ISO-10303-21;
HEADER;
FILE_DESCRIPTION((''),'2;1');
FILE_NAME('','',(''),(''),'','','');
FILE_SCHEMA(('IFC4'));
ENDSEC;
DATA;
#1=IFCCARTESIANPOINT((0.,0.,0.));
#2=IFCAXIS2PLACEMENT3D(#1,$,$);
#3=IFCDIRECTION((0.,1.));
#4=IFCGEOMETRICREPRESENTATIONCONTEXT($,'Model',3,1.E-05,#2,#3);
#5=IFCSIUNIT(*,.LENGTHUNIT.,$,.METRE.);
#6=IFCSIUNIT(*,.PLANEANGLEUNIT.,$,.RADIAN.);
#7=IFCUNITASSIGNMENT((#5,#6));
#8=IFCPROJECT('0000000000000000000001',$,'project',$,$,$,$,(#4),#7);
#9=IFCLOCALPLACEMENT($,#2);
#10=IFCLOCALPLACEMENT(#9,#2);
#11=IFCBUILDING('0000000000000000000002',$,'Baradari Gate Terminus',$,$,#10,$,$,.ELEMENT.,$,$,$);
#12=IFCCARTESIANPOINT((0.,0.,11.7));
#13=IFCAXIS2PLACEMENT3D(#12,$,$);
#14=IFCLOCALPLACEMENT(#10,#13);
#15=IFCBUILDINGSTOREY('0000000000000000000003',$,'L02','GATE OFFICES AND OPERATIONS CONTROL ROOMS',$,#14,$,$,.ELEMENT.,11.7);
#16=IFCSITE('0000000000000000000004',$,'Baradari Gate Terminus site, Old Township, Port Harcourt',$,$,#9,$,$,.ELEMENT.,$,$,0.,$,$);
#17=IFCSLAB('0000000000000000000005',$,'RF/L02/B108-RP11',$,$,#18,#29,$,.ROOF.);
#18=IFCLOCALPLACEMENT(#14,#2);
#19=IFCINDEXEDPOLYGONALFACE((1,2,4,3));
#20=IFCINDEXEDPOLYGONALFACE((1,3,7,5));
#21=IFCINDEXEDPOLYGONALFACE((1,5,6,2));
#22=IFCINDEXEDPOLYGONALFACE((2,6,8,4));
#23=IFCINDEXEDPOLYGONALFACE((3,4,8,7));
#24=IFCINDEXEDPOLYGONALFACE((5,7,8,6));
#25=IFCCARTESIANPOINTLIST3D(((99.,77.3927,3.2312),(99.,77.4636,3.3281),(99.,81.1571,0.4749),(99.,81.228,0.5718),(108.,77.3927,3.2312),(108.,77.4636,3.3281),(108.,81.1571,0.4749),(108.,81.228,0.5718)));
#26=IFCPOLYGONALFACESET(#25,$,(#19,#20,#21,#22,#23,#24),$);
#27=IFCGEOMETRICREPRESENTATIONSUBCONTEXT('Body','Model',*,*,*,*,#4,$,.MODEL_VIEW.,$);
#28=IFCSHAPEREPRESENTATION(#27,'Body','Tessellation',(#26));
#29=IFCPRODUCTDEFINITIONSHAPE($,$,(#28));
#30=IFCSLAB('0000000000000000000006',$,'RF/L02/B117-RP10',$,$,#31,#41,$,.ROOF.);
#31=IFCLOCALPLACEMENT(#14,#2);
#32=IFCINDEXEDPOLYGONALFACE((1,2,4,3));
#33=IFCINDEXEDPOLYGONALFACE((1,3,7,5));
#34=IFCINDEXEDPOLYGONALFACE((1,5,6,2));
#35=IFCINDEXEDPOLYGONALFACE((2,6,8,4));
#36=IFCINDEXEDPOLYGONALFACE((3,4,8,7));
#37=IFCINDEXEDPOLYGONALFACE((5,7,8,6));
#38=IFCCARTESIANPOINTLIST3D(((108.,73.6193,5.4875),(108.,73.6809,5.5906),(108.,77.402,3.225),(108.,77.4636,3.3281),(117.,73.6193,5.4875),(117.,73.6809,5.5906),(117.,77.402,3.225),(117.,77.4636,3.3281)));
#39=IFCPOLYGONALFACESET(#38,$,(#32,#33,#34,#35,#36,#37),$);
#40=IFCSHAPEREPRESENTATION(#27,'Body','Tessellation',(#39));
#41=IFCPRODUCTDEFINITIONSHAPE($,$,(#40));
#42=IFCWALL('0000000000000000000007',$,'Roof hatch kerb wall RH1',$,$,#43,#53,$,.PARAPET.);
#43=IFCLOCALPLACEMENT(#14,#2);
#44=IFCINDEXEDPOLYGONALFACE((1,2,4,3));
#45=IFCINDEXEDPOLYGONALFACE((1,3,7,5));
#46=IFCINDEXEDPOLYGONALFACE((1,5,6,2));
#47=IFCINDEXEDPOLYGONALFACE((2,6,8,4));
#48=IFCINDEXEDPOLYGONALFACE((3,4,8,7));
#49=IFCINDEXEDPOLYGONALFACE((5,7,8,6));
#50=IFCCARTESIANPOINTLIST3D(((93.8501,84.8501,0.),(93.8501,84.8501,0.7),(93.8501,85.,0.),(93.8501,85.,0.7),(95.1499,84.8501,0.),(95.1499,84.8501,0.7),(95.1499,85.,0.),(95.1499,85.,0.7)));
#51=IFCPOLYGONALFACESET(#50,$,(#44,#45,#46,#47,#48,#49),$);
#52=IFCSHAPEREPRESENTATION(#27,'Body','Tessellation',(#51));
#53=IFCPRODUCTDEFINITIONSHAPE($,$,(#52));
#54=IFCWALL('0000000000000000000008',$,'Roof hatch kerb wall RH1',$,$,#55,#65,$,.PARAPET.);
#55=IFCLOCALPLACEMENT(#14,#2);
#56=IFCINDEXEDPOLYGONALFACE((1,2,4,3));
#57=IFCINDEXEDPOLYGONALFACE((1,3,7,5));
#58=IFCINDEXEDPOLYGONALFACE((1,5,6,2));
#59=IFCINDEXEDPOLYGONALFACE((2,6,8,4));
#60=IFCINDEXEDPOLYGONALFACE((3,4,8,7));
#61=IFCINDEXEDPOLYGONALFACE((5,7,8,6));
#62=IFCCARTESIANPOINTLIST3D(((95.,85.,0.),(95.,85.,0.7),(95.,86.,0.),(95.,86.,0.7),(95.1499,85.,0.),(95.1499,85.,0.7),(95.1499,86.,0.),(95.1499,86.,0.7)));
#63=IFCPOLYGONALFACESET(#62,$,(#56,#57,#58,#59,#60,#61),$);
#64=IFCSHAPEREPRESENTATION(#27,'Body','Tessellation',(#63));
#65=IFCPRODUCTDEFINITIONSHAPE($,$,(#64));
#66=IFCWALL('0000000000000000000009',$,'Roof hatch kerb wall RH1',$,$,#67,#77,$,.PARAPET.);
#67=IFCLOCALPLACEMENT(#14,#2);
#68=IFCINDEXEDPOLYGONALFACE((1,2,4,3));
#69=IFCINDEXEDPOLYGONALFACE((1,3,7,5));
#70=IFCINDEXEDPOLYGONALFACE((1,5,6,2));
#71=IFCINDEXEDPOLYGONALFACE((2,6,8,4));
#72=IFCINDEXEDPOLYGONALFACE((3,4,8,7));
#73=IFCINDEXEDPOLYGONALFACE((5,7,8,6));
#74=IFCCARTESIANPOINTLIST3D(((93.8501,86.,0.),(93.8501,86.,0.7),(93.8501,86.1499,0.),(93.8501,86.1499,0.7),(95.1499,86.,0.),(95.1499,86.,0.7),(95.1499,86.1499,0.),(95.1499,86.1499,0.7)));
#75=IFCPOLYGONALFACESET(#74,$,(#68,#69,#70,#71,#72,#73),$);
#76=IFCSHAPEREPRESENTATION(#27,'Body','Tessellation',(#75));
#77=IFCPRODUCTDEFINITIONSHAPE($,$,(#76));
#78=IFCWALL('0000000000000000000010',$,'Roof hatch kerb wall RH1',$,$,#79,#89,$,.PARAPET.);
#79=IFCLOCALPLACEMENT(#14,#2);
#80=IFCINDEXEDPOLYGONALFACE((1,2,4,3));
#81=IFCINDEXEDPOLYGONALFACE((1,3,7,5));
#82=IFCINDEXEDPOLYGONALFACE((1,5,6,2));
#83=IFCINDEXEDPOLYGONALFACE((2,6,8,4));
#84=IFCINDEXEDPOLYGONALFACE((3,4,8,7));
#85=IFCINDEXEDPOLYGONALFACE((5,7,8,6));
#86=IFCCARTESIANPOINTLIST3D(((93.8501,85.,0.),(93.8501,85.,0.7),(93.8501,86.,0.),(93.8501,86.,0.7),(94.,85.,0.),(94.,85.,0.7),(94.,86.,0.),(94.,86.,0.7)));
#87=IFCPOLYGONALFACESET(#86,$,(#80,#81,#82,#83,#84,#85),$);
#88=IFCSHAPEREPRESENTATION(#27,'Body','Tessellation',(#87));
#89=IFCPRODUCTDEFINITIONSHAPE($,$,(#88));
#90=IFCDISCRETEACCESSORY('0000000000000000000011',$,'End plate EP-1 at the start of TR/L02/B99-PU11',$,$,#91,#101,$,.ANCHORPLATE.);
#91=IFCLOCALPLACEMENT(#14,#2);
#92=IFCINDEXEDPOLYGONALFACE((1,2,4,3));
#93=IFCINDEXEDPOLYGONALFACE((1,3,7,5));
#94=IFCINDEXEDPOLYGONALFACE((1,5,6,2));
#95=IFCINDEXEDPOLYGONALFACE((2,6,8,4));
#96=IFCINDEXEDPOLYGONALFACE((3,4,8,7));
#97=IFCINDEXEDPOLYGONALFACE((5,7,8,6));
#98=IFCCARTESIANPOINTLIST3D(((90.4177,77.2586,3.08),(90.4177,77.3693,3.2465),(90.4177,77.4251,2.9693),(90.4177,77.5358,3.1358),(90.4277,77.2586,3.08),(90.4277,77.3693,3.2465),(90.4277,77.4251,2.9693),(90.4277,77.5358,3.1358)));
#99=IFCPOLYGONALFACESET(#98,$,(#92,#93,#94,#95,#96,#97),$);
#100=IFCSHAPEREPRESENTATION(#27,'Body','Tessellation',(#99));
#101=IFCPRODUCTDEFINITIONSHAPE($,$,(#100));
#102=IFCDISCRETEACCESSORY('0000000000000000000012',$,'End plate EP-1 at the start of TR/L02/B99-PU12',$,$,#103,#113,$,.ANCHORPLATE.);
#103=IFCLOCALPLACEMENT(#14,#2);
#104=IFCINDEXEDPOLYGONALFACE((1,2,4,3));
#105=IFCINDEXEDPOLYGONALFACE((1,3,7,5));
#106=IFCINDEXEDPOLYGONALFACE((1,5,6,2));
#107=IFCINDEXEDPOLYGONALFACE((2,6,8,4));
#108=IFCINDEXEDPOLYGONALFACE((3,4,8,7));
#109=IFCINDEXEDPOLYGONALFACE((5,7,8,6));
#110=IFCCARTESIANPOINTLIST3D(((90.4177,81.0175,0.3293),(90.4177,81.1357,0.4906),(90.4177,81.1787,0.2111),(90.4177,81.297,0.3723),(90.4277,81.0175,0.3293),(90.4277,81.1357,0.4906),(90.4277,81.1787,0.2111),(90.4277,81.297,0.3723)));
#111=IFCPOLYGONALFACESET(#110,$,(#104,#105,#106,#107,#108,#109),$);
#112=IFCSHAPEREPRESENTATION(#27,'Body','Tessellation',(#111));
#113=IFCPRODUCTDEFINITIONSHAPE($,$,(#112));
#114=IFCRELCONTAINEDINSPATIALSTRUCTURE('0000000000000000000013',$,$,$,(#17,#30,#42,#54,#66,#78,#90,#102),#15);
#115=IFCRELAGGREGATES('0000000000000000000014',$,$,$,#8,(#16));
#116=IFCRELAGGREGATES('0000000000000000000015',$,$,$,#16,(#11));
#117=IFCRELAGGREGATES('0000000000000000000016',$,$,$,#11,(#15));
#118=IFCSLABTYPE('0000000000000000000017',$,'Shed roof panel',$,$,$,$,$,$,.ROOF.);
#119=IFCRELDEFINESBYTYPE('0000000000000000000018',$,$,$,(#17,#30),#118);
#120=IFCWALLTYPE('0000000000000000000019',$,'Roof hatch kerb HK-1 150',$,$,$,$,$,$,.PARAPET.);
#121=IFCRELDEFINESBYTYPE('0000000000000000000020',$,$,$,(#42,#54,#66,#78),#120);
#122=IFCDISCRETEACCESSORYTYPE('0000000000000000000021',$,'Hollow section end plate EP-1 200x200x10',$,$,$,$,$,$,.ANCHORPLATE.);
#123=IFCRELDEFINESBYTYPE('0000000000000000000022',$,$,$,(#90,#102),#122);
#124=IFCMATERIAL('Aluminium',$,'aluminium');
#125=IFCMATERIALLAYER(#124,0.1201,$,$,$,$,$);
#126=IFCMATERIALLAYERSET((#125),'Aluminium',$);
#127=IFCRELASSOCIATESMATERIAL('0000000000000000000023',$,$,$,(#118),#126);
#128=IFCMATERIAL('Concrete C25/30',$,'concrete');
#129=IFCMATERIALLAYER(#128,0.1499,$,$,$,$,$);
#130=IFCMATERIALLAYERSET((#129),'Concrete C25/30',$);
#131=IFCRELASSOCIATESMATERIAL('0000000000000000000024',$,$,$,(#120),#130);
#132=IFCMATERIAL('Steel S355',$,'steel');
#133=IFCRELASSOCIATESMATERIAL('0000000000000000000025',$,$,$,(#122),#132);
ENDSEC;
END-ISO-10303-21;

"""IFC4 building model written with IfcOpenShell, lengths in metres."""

from ifc_helpers import new_model, si_unit, direction, frame, frame_2d, origin, origin_2d, place, context, subcontext, project, spatial, polyline, rectangle, outline, extrude, material, layer, layer_set, type_object, element, save


model = new_model("IFC4")

# Units and contexts
model_context = context("Model", 3, precision=1e-05, world=origin(), true_north=direction((0.0, 1.0)))
body_context = subcontext(model_context, "Body", "Model", "MODEL_VIEW")
ifc_project = project(units=[si_unit("LENGTHUNIT", "METRE"), si_unit("PLANEANGLEUNIT", "RADIAN")], contexts=[model_context])

# Site, building, storey
site_placement = place(None, origin())
site = spatial("IfcSite", under=ifc_project, at=site_placement, Name="Baradari Gate Terminus site, Old Township, Port Harcourt", CompositionType="ELEMENT", RefElevation=0.0)
building_placement = place(site_placement, origin())
building = spatial("IfcBuilding", under=site, at=building_placement, Name="Baradari Gate Terminus", CompositionType="ELEMENT")
storey_placement = place(building_placement, frame((0.0, 0.0, 11.7)))
storey = spatial("IfcBuildingStorey", under=building, at=storey_placement, Name="L02", Description="GATE OFFICES AND OPERATIONS CONTROL ROOMS", CompositionType="ELEMENT", Elevation=11.7)

# Slabs
ifc_material_1 = material(Name="Aluminium", Category="aluminium")
ifc_layer_1 = layer(ifc_material_1, 0.1201)
ifc_layer_set_1 = layer_set([ifc_layer_1], Name="Aluminium")
slab_type = type_object("IfcSlabType", Name="Shed roof panel", PredefinedType="ROOF", material=ifc_layer_set_1)
slab_1_placement = place(storey_placement, frame((99.0, 77.4636, 3.3281), z_axis=(0.0, 0.590776, 0.806836), x_axis=(1.0, 0.0, 0.0)))
element("IfcSlab", 1, at=slab_1_placement, inside=storey, type_object=slab_type, Name="RF/L02/B108-RP11", PredefinedType="ROOF", context=body_context, shape_type="SweptSolid", body=[
    extrude(outline(polyline([(0.0, 0.0), (9.0, 0.0), (9.0, 4.6656), (0.0, 4.6656), (0.0, 0.0)])), origin(), (0.0, 0.0, -1.0), 0.1201),
])
slab_2_placement = place(storey_placement, frame((108.0, 73.6809, 5.5906), z_axis=(0.0, 0.513298, 0.858211), x_axis=(1.0, 0.0, 0.0)))
element("IfcSlab", 2, at=slab_2_placement, inside=storey, type_object=slab_type, Name="RF/L02/B117-RP10", PredefinedType="ROOF", context=body_context, shape_type="SweptSolid", body=[
    extrude(outline(polyline([(0.0, 0.0), (9.0, 0.0), (9.0, 4.4077), (0.0, 4.4077), (0.0, 0.0)])), origin(), (0.0, 0.0, -1.0), 0.1201),
])

# Walls
ifc_material_2 = material(Name="Concrete C25/30", Category="concrete")
ifc_layer_2 = layer(ifc_material_2, 0.1499)
ifc_layer_set_2 = layer_set([ifc_layer_2], Name="Concrete C25/30")
wall_type_1 = type_object("IfcWallType", Name="Roof hatch kerb HK-1 150", PredefinedType="PARAPET", material=ifc_layer_set_2)
wall_1_placement = place(storey_placement, frame((93.8501, 84.925, 0.0), z_axis=(0.0, 0.0, 1.0), x_axis=(1.0, 0.0, 0.0)))
element("IfcWall", 3, at=wall_1_placement, inside=storey, type_object=wall_type_1, Name="Roof hatch kerb wall RH1", PredefinedType="PARAPET", context=body_context, shape_type="SweptSolid", body=[
    extrude(rectangle(XDim=1.2998, YDim=0.1499, at=frame_2d((0.6499, 0.0))), origin(), (0.0, 0.0, 1.0), 0.7),
])
wall_2_placement = place(storey_placement, frame((95.075, 85.0, 0.0), z_axis=(0.0, 0.0, 1.0), x_axis=(0.0, 1.0, 0.0)))
element("IfcWall", 4, at=wall_2_placement, inside=storey, type_object=wall_type_1, Name="Roof hatch kerb wall RH1", PredefinedType="PARAPET", context=body_context, shape_type="SweptSolid", body=[
    extrude(rectangle(XDim=1.0, YDim=0.1499, at=frame_2d((0.5, 0.0))), origin(), (0.0, 0.0, 1.0), 0.7),
])
wall_3_placement = place(storey_placement, frame((95.1499, 86.075, 0.0), z_axis=(0.0, 0.0, 1.0), x_axis=(-1.0, 0.0, 0.0)))
element("IfcWall", 5, at=wall_3_placement, inside=storey, type_object=wall_type_1, Name="Roof hatch kerb wall RH1", PredefinedType="PARAPET", context=body_context, shape_type="SweptSolid", body=[
    extrude(rectangle(XDim=1.2998, YDim=0.1499, at=frame_2d((0.6499, 0.0))), origin(), (0.0, 0.0, 1.0), 0.7),
])
wall_4_placement = place(storey_placement, frame((93.925, 86.0, 0.0), z_axis=(0.0, 0.0, 1.0), x_axis=(0.0, -1.0, 0.0)))
element("IfcWall", 6, at=wall_4_placement, inside=storey, type_object=wall_type_1, Name="Roof hatch kerb wall RH1", PredefinedType="PARAPET", context=body_context, shape_type="SweptSolid", body=[
    extrude(rectangle(XDim=1.0, YDim=0.1499, at=frame_2d((0.5, 0.0))), origin(), (0.0, 0.0, 1.0), 0.7),
])

# Discrete accessories
ifc_material_3 = material(Name="Steel S355", Category="steel")
discrete_accessory_type = type_object("IfcDiscreteAccessoryType", Name="Hollow section end plate EP-1 200x200x10", PredefinedType="ANCHORPLATE", material=ifc_material_3)
for number, where, z_axis, x_axis, name in (
    (7, (90.4177, 77.3972, 3.1079), (1.0, 0.0, 0.0), (0.0, 0.832836, -0.553519), "End plate EP-1 at the start of TR/L02/B99-PU11"),
    (8, (90.4177, 81.1572, 0.3508), (1.0, 0.0, 0.0), (0.0, 0.806405, -0.591364), "End plate EP-1 at the start of TR/L02/B99-PU12"),
):
    element("IfcDiscreteAccessory", number, at=place(storey_placement, frame(where, z_axis=z_axis, x_axis=x_axis)), inside=storey, type_object=discrete_accessory_type, Name=name, PredefinedType="ANCHORPLATE", context=body_context, shape_type="SweptSolid", body=[
        extrude(rectangle(XDim=0.2, YDim=0.2, at=origin_2d()), origin(), (0.0, 0.0, 1.0), 0.01),
    ])

save(model, "model.ifc")
